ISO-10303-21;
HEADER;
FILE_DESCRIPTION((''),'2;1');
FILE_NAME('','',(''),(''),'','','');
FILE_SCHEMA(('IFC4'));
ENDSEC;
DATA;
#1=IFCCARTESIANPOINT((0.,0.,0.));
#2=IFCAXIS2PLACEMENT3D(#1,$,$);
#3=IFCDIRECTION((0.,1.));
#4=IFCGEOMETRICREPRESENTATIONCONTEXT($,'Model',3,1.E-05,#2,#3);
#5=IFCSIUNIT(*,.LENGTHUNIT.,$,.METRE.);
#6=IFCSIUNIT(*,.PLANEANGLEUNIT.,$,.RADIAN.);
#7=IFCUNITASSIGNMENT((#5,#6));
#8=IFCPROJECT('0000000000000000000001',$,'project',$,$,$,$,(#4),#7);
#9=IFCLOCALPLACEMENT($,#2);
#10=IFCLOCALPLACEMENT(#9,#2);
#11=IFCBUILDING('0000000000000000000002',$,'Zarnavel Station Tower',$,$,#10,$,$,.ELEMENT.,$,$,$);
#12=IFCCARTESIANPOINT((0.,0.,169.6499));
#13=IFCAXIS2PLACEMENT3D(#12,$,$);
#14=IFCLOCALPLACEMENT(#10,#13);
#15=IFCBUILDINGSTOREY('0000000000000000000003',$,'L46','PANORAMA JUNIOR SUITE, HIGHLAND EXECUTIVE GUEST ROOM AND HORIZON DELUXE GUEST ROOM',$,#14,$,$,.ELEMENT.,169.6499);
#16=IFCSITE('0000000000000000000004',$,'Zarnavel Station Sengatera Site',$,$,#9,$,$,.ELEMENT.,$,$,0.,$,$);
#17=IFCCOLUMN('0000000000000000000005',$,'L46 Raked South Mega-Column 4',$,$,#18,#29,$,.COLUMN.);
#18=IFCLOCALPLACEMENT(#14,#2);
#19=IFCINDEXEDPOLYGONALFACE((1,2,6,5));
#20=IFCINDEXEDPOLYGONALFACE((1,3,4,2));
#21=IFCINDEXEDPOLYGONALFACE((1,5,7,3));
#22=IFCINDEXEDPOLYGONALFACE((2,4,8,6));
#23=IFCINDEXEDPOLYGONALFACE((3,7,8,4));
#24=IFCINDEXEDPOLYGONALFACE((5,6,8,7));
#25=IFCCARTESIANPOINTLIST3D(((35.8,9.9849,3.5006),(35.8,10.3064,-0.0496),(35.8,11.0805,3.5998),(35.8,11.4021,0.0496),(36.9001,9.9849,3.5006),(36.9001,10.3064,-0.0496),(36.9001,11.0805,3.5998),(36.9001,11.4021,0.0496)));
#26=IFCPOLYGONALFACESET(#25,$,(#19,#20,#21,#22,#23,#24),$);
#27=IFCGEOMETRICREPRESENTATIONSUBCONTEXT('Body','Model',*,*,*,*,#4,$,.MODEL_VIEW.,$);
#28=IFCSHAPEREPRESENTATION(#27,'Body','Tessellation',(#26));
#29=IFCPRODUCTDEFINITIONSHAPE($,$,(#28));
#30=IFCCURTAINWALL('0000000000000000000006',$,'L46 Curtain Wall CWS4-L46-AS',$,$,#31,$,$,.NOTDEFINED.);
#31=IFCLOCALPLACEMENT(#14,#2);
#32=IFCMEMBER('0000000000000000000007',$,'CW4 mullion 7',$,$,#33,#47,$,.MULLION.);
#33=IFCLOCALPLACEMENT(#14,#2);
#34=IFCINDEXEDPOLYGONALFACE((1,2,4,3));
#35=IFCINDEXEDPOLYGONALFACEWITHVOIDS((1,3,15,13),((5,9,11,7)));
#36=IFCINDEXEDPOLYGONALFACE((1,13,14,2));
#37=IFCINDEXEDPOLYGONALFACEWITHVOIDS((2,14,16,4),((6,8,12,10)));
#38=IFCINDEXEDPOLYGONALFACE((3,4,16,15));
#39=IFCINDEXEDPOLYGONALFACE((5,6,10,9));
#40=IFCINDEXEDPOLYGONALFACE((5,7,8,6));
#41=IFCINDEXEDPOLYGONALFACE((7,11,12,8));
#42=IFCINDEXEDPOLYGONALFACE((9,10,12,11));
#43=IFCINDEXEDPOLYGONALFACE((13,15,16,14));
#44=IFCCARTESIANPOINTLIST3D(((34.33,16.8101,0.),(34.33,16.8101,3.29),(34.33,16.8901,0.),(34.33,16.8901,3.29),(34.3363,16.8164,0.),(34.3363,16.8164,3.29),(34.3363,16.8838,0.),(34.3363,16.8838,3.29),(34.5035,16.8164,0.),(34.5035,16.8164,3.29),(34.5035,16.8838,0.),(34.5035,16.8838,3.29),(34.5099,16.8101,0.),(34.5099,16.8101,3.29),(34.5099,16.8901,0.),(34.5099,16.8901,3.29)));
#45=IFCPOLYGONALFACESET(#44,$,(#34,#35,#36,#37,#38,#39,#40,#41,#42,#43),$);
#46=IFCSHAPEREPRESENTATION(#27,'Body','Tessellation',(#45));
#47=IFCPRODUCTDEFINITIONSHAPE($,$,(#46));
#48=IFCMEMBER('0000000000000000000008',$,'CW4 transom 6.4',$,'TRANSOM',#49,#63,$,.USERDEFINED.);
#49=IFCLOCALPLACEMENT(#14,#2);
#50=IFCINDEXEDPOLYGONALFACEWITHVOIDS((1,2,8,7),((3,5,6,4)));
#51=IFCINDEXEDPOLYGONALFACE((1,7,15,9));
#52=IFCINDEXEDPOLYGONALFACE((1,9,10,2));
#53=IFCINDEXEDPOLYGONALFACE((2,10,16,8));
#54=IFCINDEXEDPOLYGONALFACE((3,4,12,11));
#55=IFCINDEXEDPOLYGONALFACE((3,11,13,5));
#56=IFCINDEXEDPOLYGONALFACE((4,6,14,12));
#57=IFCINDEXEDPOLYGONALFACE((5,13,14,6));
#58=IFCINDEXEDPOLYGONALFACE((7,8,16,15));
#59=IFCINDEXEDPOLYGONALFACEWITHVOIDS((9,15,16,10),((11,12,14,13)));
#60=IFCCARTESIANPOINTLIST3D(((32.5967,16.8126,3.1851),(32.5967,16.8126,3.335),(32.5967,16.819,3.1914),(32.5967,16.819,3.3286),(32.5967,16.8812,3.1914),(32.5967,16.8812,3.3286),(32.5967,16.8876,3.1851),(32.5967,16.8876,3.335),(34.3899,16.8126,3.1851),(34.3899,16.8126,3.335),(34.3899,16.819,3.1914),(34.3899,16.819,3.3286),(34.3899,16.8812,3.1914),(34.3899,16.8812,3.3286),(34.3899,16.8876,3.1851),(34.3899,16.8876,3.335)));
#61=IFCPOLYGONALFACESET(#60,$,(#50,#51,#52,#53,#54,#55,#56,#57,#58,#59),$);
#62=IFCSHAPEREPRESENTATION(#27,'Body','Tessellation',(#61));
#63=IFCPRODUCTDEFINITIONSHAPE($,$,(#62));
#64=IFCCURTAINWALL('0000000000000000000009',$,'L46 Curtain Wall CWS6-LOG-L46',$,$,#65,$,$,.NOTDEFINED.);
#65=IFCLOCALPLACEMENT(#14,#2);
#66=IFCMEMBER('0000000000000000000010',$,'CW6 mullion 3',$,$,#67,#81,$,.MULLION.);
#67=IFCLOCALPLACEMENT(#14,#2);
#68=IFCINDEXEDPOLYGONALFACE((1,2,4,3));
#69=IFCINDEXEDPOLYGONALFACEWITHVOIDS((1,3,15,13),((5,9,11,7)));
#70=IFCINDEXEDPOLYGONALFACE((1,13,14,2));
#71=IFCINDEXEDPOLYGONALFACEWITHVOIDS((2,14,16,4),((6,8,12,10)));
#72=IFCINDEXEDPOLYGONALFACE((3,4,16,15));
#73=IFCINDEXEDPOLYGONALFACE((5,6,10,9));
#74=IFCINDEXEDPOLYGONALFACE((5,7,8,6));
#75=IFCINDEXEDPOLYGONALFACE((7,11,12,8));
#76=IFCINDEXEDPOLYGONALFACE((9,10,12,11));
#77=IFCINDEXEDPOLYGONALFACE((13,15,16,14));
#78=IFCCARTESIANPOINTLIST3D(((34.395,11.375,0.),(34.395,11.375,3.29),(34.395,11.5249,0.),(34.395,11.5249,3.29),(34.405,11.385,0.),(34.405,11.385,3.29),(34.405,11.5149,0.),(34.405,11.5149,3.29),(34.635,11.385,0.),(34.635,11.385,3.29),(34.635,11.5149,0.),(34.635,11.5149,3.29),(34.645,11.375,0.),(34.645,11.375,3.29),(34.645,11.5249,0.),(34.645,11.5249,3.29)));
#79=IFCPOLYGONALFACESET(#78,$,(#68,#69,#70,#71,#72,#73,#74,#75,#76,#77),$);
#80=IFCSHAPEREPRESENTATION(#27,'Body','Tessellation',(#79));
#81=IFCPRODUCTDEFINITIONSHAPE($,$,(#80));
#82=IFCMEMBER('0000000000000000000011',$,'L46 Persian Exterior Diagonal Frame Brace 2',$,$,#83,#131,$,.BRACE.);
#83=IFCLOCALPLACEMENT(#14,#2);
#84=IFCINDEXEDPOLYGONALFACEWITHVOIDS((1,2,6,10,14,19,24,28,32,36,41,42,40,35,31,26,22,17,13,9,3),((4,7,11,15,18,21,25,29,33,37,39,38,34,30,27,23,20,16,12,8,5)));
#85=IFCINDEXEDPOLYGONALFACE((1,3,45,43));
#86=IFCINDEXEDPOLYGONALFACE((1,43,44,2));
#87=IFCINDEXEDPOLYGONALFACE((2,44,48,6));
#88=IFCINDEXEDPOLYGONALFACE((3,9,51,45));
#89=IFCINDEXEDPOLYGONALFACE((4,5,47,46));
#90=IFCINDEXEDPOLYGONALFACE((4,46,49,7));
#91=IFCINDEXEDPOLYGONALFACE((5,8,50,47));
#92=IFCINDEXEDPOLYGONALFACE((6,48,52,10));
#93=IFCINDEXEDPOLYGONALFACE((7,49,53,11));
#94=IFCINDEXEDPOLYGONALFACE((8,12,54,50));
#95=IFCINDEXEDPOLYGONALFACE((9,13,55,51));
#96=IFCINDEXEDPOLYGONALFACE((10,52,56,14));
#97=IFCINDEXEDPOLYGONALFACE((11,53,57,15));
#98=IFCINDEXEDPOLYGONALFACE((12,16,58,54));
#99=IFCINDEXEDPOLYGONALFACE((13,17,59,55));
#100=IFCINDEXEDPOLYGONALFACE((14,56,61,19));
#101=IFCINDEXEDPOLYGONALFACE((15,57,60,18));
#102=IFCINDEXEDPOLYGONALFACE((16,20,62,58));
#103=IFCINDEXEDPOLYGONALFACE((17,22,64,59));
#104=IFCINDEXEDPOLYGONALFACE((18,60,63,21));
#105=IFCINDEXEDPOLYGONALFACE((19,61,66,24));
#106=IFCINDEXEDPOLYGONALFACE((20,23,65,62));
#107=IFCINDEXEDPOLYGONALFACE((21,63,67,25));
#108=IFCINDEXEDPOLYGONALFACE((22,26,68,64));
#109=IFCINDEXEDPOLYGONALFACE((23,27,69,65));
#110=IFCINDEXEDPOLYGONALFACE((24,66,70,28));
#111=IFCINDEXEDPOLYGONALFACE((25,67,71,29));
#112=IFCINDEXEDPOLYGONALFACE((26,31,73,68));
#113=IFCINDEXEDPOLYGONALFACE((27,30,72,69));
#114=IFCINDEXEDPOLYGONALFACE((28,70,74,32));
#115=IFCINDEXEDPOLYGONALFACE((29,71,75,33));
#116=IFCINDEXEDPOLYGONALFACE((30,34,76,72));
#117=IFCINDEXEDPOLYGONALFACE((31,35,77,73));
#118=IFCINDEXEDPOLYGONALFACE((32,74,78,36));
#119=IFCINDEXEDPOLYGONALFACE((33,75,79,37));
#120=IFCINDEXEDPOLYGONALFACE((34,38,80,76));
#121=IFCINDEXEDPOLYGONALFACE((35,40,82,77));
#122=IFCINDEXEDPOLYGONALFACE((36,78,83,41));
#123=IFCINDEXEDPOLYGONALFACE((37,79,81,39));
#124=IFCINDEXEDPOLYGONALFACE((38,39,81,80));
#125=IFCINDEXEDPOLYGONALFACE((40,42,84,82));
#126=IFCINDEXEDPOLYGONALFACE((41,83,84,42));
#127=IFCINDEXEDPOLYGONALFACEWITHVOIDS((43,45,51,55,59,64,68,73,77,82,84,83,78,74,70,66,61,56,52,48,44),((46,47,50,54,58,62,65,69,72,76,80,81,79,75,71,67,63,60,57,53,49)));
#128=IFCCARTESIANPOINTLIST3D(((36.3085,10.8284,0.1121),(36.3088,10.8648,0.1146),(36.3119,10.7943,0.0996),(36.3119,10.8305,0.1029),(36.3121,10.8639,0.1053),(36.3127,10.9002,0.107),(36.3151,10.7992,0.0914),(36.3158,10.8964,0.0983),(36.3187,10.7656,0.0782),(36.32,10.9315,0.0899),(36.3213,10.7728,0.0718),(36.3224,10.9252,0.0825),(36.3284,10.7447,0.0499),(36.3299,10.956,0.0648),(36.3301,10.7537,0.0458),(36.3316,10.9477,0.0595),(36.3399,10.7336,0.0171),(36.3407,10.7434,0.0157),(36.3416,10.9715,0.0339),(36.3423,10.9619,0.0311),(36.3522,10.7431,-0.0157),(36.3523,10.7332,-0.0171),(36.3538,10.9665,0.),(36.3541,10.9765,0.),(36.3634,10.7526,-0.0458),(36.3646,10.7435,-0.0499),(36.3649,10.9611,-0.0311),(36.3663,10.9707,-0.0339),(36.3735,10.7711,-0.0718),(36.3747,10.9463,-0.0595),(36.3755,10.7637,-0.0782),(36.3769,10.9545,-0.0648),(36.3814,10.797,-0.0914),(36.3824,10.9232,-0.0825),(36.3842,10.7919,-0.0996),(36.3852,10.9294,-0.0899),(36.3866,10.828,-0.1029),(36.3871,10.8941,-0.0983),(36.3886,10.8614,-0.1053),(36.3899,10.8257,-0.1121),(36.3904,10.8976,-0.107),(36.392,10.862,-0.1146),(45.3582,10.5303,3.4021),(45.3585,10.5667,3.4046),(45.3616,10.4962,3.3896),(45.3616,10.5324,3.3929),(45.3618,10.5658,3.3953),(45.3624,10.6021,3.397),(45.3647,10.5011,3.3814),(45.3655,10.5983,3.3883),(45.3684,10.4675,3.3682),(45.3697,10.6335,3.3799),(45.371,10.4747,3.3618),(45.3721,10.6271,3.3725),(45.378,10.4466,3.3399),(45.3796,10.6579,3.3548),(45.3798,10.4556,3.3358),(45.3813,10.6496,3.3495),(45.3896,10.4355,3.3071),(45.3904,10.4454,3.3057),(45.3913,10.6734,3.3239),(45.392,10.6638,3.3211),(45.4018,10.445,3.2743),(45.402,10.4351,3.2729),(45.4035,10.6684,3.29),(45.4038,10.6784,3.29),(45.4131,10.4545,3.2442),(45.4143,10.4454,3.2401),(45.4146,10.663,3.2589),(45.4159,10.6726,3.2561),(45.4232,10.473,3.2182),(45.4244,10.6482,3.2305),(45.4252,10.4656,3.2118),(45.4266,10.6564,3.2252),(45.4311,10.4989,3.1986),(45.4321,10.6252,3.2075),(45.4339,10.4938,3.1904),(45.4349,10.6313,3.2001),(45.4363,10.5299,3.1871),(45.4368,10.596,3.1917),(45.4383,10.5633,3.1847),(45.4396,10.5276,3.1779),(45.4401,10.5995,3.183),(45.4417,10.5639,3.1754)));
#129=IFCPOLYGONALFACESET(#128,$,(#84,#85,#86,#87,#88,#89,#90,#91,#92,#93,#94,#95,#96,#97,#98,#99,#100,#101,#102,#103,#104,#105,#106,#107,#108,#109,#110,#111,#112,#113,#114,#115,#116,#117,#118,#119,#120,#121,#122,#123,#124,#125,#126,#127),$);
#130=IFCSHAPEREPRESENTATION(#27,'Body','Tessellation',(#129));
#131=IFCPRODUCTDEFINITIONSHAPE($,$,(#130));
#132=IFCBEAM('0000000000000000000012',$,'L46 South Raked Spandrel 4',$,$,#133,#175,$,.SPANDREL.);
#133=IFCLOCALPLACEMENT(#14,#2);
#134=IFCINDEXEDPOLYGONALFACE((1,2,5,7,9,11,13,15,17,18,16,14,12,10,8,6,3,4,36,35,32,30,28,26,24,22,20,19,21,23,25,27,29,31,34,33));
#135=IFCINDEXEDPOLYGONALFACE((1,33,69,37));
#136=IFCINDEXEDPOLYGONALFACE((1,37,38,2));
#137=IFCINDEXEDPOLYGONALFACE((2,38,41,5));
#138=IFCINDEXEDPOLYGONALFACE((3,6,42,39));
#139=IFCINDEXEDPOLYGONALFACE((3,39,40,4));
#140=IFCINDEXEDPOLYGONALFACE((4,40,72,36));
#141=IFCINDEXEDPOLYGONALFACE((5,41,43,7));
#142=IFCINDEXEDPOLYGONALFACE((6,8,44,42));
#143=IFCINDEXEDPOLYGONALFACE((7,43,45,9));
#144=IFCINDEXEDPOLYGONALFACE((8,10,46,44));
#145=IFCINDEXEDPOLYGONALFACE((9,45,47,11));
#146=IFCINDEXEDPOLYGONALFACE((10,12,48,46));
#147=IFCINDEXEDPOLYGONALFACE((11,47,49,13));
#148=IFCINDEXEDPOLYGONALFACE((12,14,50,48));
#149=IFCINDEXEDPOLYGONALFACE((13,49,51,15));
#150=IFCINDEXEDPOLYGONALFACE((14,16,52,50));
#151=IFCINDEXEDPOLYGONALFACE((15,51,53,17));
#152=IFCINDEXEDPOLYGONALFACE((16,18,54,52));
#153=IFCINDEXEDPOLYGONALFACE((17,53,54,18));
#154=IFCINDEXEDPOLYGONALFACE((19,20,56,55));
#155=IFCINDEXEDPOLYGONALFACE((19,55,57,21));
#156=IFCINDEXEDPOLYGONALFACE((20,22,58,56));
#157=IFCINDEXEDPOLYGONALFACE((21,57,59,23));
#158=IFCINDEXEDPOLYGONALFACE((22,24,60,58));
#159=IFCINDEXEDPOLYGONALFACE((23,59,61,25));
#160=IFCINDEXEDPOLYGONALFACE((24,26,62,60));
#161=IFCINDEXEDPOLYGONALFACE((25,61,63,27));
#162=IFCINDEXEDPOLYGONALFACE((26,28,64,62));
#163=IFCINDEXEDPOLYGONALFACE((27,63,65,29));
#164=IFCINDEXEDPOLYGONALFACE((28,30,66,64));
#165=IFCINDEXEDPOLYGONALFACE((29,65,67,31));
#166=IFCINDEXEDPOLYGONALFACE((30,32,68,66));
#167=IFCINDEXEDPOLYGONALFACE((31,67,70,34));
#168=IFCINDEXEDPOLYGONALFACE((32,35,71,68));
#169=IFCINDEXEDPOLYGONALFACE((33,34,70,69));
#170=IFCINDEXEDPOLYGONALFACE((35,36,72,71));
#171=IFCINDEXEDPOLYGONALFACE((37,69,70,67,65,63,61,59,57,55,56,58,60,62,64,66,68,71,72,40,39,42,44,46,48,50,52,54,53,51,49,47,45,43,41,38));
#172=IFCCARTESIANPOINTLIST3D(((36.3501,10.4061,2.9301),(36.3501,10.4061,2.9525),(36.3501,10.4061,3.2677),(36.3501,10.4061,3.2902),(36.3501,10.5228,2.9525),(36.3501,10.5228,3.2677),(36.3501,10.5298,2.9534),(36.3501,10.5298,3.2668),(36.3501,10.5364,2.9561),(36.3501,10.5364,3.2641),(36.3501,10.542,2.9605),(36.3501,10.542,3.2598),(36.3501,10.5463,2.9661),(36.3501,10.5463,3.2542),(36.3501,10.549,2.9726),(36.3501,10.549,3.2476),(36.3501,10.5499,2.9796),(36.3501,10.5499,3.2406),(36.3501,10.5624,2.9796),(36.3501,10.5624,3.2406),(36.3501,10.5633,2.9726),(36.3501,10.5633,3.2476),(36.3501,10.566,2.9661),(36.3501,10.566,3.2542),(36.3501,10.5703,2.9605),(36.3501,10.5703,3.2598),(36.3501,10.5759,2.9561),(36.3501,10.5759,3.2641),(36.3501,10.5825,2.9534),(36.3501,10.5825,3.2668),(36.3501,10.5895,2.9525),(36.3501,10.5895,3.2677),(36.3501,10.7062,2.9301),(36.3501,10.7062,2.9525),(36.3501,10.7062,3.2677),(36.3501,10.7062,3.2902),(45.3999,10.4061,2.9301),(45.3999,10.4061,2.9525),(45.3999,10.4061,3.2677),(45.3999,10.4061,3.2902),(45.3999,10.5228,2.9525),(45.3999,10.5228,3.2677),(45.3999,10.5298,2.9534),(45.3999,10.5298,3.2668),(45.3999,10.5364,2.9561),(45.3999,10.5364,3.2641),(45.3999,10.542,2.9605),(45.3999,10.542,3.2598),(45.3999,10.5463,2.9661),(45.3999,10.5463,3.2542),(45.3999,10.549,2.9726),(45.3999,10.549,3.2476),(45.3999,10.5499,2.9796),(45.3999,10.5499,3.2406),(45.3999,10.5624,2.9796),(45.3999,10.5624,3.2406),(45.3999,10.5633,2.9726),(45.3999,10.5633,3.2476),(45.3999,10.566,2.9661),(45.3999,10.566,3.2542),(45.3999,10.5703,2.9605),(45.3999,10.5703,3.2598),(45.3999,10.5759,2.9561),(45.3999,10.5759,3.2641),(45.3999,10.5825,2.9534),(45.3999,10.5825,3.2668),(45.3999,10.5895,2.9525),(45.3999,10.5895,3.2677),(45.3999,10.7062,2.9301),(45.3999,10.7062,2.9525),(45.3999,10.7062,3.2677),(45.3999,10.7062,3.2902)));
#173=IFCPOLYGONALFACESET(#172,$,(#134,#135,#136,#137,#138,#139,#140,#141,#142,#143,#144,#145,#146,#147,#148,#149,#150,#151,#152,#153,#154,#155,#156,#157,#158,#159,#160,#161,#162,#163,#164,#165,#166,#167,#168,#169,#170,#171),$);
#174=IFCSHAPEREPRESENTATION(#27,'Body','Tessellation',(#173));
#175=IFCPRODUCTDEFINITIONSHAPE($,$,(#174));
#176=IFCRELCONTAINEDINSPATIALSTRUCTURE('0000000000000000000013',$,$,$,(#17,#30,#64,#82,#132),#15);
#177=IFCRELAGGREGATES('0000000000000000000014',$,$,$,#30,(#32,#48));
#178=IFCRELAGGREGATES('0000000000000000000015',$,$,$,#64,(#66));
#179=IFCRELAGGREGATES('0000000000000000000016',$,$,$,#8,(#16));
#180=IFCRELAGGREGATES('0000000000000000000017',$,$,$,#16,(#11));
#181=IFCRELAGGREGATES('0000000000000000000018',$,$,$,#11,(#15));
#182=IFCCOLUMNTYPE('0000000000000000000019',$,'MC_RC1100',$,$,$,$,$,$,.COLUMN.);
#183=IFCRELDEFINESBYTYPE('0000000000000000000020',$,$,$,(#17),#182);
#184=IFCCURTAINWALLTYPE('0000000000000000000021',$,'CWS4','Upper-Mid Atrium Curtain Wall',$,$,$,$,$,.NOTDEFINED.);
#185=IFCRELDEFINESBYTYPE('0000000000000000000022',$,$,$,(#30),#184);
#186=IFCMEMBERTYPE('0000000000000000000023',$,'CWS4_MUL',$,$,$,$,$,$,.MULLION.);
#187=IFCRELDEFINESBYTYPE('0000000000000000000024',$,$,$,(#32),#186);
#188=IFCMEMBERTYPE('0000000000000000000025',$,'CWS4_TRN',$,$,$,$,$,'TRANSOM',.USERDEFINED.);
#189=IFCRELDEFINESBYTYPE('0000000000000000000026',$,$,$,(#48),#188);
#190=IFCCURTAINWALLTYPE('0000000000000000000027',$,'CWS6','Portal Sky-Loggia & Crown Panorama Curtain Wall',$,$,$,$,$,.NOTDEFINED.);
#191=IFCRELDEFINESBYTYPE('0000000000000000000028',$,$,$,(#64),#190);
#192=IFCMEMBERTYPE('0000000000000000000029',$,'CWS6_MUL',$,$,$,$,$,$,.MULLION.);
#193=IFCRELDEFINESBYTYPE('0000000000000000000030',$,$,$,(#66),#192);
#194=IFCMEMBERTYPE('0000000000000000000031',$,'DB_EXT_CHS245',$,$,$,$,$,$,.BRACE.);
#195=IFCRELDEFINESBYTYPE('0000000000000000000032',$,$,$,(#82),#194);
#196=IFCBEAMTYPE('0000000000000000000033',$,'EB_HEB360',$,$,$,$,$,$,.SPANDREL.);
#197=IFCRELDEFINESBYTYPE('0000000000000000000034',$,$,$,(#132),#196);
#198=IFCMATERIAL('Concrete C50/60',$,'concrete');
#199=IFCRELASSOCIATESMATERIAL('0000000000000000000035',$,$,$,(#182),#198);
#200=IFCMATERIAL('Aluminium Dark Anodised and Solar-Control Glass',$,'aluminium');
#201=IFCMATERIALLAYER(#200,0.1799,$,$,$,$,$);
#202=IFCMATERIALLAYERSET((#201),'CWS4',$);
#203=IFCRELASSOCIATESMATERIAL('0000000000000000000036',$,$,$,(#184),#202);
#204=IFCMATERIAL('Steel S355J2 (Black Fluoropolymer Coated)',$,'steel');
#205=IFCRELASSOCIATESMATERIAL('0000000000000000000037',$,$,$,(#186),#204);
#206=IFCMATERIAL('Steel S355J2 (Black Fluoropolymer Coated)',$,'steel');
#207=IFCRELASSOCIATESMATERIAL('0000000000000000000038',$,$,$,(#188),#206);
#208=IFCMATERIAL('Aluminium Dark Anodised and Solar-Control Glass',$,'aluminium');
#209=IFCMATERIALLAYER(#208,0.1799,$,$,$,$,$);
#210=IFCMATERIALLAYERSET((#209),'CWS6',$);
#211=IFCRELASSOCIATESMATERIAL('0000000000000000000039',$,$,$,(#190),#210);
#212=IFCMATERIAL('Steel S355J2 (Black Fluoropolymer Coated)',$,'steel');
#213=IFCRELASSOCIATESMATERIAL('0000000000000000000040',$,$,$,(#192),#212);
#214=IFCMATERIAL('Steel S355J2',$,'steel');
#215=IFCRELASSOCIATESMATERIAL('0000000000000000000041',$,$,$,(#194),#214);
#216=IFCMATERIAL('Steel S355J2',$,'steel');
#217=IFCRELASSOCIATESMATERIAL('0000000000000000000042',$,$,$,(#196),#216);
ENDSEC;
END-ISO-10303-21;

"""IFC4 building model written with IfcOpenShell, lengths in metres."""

from ifc_helpers import new_model, si_unit, direction, frame, origin, origin_2d, place, context, subcontext, project, spatial, rectangle, hollow_rectangle, hollow_circle, i_section, extrude, material, layer, layer_set, material_profile, profile_set, type_object, element, aggregate, save


model = new_model("IFC4")

# Units and contexts
model_context = context("Model", 3, precision=1e-05, world=origin(), true_north=direction((0.0, 1.0)))
body_context = subcontext(model_context, "Body", "Model", "MODEL_VIEW")
ifc_project = project(units=[si_unit("LENGTHUNIT", "METRE"), si_unit("PLANEANGLEUNIT", "RADIAN")], contexts=[model_context])

# Site, building, storey
site_placement = place(None, origin())
site = spatial("IfcSite", under=ifc_project, at=site_placement, Name="Zarnavel Station Sengatera Site", CompositionType="ELEMENT", RefElevation=0.0)
building_placement = place(site_placement, origin())
building = spatial("IfcBuilding", under=site, at=building_placement, Name="Zarnavel Station Tower", CompositionType="ELEMENT")
storey_placement = place(building_placement, frame((0.0, 0.0, 169.6499)))
storey = spatial("IfcBuildingStorey", under=building, at=storey_placement, Name="L46", Description="PANORAMA JUNIOR SUITE, HIGHLAND EXECUTIVE GUEST ROOM AND HORIZON DELUXE GUEST ROOM", CompositionType="ELEMENT", Elevation=169.6499)

# Column
ifc_material_1 = material(Name="Concrete C50/60", Category="concrete")
ifc_material_profile_1 = material_profile(ifc_material_1, rectangle(XDim=1.1001, YDim=1.1001, at=origin_2d()), Name="RC1100x1100")
ifc_profile_set_1 = profile_set([ifc_material_profile_1], Name="Concrete C50/60")
column_type = type_object("IfcColumnType", Name="MC_RC1100", PredefinedType="COLUMN", material=ifc_profile_set_1)
column_placement = place(storey_placement, frame((36.3501, 10.8542, 0.0), z_axis=(0.0, -0.090202, 0.995923), x_axis=(1.0, 0.0, 0.0)))
element("IfcColumn", 1, at=column_placement, inside=storey, type_object=column_type, Name="L46 Raked South Mega-Column 4", PredefinedType="COLUMN", context=body_context, shape_type="SweptSolid", body=[
    extrude(rectangle(XDim=1.1001, YDim=1.1001, at=origin_2d()), origin(), (0.0, 0.0, 1.0), 3.5647),
])

# Curtain wall, members
ifc_material_2 = material(Name="Aluminium Dark Anodised and Solar-Control Glass", Category="aluminium")
ifc_layer_1 = layer(ifc_material_2, 0.1799)
ifc_layer_set_1 = layer_set([ifc_layer_1], Name="CWS4")
curtain_wall_type_1 = type_object("IfcCurtainWallType", Name="CWS4", Description="Upper-Mid Atrium Curtain Wall", PredefinedType="NOTDEFINED", material=ifc_layer_set_1)
curtain_wall_1_placement = place(storey_placement, origin())
curtain_wall_1 = element("IfcCurtainWall", 2, at=curtain_wall_1_placement, inside=storey, type_object=curtain_wall_type_1, Name="L46 Curtain Wall CWS4-L46-AS", PredefinedType="NOTDEFINED")
ifc_material_3 = material(Name="Steel S355J2 (Black Fluoropolymer Coated)", Category="steel")
ifc_material_profile_2 = material_profile(ifc_material_3, hollow_rectangle(XDim=0.0801, YDim=0.1799, WallThickness=0.0063, at=origin_2d()), Name="RHS180x80x6.3")
ifc_profile_set_2 = profile_set([ifc_material_profile_2], Name="Steel S355J2 (Black Fluoropolymer Coated)")
member_type_1 = type_object("IfcMemberType", Name="CWS4_MUL", PredefinedType="MULLION", material=ifc_profile_set_2)
member_1_placement = place(storey_placement, frame((34.4199, 16.8501, 0.0), z_axis=(0.0, 0.0, 1.0), x_axis=(0.0, 1.0, 0.0)))
member_1 = element("IfcMember", 3, at=member_1_placement, type_object=member_type_1, Name="CW4 mullion 7", PredefinedType="MULLION", context=body_context, shape_type="SweptSolid", body=[
    extrude(hollow_rectangle(XDim=0.0801, YDim=0.1799, WallThickness=0.0063, at=origin_2d()), origin(), (0.0, 0.0, 1.0), 3.29),
])
ifc_material_4 = material(Name="Steel S355J2 (Black Fluoropolymer Coated)", Category="steel")
ifc_material_profile_3 = material_profile(ifc_material_4, hollow_rectangle(XDim=0.075, YDim=0.1499, WallThickness=0.0063, at=origin_2d()), Name="RHS150x75x6.3")
ifc_profile_set_3 = profile_set([ifc_material_profile_3], Name="Steel S355J2 (Black Fluoropolymer Coated)")
member_type_2 = type_object("IfcMemberType", Name="CWS4_TRN", ElementType="TRANSOM", PredefinedType="USERDEFINED", material=ifc_profile_set_3)
member_2_placement = place(storey_placement, frame((32.5967, 16.8501, 3.26), z_axis=(1.0, 0.0, 0.0), x_axis=(0.0, 1.0, 0.0)))
member_2 = element("IfcMember", 4, at=member_2_placement, type_object=member_type_2, Name="CW4 transom 6.4", ObjectType="TRANSOM", PredefinedType="USERDEFINED", context=body_context, shape_type="SweptSolid", body=[
    extrude(hollow_rectangle(XDim=0.075, YDim=0.1499, WallThickness=0.0063, at=origin_2d()), origin(), (0.0, 0.0, 1.0), 1.7932),
])

# Curtain wall, member
ifc_material_5 = material(Name="Aluminium Dark Anodised and Solar-Control Glass", Category="aluminium")
ifc_layer_2 = layer(ifc_material_5, 0.1799)
ifc_layer_set_2 = layer_set([ifc_layer_2], Name="CWS6")
curtain_wall_type_2 = type_object("IfcCurtainWallType", Name="CWS6", Description="Portal Sky-Loggia & Crown Panorama Curtain Wall", PredefinedType="NOTDEFINED", material=ifc_layer_set_2)
curtain_wall_2_placement = place(storey_placement, origin())
curtain_wall_2 = element("IfcCurtainWall", 5, at=curtain_wall_2_placement, inside=storey, type_object=curtain_wall_type_2, Name="L46 Curtain Wall CWS6-LOG-L46", PredefinedType="NOTDEFINED")
ifc_material_6 = material(Name="Steel S355J2 (Black Fluoropolymer Coated)", Category="steel")
ifc_material_profile_4 = material_profile(ifc_material_6, hollow_rectangle(XDim=0.1499, YDim=0.25, WallThickness=0.01, at=origin_2d()), Name="RHS250x150x10")
ifc_profile_set_4 = profile_set([ifc_material_profile_4], Name="Steel S355J2 (Black Fluoropolymer Coated)")
member_type_3 = type_object("IfcMemberType", Name="CWS6_MUL", PredefinedType="MULLION", material=ifc_profile_set_4)
member_3_placement = place(storey_placement, frame((34.52, 11.45, 0.0), z_axis=(0.0, 0.0, 1.0), x_axis=(0.0, 1.0, 0.0)))
member_3 = element("IfcMember", 6, at=member_3_placement, type_object=member_type_3, Name="CW6 mullion 3", PredefinedType="MULLION", context=body_context, shape_type="SweptSolid", body=[
    extrude(hollow_rectangle(XDim=0.1499, YDim=0.25, WallThickness=0.01, at=origin_2d()), origin(), (0.0, 0.0, 1.0), 3.29),
])

# Member
ifc_material_7 = material(Name="Steel S355J2", Category="steel")
ifc_material_profile_5 = material_profile(ifc_material_7, hollow_circle(Radius=0.1223, WallThickness=0.01, at=origin_2d()), Name="CHS244.5x10")
ifc_profile_set_5 = profile_set([ifc_material_profile_5], Name="Steel S355J2")
member_type_4 = type_object("IfcMemberType", Name="DB_EXT_CHS245", PredefinedType="BRACE", material=ifc_profile_set_5)
member_4_placement = place(storey_placement, frame((36.3501, 10.8542, 0.0), z_axis=(0.93937, -0.030942, 0.341506), x_axis=(0.032922, 0.999458, 0.0)))
element("IfcMember", 7, at=member_4_placement, inside=storey, type_object=member_type_4, Name="L46 Persian Exterior Diagonal Frame Brace 2", PredefinedType="BRACE", context=body_context, shape_type="SweptSolid", body=[
    extrude(hollow_circle(Radius=0.1223, WallThickness=0.01, at=origin_2d()), origin(), (0.0, 0.0, 1.0), 9.6338),
])

# Beam
ifc_material_8 = material(Name="Steel S355J2", Category="steel")
ifc_material_profile_6 = material_profile(ifc_material_8, i_section(OverallWidth=0.3, OverallDepth=0.3601, WebThickness=0.0125, FlangeThickness=0.0225, FilletRadius=0.0271, at=origin_2d()), Name="HEB360")
ifc_profile_set_6 = profile_set([ifc_material_profile_6], Name="Steel S355J2")
beam_type_1 = type_object("IfcBeamType", Name="EB_HEB360", PredefinedType="SPANDREL", material=ifc_profile_set_6)
beam_1_placement = place(storey_placement, frame((36.3501, 10.5562, 3.1101), z_axis=(1.0, 0.0, 0.0), x_axis=(0.0, 1.0, 0.0)))
element("IfcBeam", 8, at=beam_1_placement, inside=storey, type_object=beam_type_1, Name="L46 South Raked Spandrel 4", PredefinedType="SPANDREL", context=body_context, shape_type="SweptSolid", body=[
    extrude(i_section(OverallWidth=0.3, OverallDepth=0.3601, WebThickness=0.0125, FlangeThickness=0.0225, FilletRadius=0.0271, at=origin_2d()), origin(), (0.0, 0.0, 1.0), 9.0498),
])

aggregate(curtain_wall_1, [member_1, member_2])
aggregate(curtain_wall_2, [member_3])

save(model, "model.ifc")
